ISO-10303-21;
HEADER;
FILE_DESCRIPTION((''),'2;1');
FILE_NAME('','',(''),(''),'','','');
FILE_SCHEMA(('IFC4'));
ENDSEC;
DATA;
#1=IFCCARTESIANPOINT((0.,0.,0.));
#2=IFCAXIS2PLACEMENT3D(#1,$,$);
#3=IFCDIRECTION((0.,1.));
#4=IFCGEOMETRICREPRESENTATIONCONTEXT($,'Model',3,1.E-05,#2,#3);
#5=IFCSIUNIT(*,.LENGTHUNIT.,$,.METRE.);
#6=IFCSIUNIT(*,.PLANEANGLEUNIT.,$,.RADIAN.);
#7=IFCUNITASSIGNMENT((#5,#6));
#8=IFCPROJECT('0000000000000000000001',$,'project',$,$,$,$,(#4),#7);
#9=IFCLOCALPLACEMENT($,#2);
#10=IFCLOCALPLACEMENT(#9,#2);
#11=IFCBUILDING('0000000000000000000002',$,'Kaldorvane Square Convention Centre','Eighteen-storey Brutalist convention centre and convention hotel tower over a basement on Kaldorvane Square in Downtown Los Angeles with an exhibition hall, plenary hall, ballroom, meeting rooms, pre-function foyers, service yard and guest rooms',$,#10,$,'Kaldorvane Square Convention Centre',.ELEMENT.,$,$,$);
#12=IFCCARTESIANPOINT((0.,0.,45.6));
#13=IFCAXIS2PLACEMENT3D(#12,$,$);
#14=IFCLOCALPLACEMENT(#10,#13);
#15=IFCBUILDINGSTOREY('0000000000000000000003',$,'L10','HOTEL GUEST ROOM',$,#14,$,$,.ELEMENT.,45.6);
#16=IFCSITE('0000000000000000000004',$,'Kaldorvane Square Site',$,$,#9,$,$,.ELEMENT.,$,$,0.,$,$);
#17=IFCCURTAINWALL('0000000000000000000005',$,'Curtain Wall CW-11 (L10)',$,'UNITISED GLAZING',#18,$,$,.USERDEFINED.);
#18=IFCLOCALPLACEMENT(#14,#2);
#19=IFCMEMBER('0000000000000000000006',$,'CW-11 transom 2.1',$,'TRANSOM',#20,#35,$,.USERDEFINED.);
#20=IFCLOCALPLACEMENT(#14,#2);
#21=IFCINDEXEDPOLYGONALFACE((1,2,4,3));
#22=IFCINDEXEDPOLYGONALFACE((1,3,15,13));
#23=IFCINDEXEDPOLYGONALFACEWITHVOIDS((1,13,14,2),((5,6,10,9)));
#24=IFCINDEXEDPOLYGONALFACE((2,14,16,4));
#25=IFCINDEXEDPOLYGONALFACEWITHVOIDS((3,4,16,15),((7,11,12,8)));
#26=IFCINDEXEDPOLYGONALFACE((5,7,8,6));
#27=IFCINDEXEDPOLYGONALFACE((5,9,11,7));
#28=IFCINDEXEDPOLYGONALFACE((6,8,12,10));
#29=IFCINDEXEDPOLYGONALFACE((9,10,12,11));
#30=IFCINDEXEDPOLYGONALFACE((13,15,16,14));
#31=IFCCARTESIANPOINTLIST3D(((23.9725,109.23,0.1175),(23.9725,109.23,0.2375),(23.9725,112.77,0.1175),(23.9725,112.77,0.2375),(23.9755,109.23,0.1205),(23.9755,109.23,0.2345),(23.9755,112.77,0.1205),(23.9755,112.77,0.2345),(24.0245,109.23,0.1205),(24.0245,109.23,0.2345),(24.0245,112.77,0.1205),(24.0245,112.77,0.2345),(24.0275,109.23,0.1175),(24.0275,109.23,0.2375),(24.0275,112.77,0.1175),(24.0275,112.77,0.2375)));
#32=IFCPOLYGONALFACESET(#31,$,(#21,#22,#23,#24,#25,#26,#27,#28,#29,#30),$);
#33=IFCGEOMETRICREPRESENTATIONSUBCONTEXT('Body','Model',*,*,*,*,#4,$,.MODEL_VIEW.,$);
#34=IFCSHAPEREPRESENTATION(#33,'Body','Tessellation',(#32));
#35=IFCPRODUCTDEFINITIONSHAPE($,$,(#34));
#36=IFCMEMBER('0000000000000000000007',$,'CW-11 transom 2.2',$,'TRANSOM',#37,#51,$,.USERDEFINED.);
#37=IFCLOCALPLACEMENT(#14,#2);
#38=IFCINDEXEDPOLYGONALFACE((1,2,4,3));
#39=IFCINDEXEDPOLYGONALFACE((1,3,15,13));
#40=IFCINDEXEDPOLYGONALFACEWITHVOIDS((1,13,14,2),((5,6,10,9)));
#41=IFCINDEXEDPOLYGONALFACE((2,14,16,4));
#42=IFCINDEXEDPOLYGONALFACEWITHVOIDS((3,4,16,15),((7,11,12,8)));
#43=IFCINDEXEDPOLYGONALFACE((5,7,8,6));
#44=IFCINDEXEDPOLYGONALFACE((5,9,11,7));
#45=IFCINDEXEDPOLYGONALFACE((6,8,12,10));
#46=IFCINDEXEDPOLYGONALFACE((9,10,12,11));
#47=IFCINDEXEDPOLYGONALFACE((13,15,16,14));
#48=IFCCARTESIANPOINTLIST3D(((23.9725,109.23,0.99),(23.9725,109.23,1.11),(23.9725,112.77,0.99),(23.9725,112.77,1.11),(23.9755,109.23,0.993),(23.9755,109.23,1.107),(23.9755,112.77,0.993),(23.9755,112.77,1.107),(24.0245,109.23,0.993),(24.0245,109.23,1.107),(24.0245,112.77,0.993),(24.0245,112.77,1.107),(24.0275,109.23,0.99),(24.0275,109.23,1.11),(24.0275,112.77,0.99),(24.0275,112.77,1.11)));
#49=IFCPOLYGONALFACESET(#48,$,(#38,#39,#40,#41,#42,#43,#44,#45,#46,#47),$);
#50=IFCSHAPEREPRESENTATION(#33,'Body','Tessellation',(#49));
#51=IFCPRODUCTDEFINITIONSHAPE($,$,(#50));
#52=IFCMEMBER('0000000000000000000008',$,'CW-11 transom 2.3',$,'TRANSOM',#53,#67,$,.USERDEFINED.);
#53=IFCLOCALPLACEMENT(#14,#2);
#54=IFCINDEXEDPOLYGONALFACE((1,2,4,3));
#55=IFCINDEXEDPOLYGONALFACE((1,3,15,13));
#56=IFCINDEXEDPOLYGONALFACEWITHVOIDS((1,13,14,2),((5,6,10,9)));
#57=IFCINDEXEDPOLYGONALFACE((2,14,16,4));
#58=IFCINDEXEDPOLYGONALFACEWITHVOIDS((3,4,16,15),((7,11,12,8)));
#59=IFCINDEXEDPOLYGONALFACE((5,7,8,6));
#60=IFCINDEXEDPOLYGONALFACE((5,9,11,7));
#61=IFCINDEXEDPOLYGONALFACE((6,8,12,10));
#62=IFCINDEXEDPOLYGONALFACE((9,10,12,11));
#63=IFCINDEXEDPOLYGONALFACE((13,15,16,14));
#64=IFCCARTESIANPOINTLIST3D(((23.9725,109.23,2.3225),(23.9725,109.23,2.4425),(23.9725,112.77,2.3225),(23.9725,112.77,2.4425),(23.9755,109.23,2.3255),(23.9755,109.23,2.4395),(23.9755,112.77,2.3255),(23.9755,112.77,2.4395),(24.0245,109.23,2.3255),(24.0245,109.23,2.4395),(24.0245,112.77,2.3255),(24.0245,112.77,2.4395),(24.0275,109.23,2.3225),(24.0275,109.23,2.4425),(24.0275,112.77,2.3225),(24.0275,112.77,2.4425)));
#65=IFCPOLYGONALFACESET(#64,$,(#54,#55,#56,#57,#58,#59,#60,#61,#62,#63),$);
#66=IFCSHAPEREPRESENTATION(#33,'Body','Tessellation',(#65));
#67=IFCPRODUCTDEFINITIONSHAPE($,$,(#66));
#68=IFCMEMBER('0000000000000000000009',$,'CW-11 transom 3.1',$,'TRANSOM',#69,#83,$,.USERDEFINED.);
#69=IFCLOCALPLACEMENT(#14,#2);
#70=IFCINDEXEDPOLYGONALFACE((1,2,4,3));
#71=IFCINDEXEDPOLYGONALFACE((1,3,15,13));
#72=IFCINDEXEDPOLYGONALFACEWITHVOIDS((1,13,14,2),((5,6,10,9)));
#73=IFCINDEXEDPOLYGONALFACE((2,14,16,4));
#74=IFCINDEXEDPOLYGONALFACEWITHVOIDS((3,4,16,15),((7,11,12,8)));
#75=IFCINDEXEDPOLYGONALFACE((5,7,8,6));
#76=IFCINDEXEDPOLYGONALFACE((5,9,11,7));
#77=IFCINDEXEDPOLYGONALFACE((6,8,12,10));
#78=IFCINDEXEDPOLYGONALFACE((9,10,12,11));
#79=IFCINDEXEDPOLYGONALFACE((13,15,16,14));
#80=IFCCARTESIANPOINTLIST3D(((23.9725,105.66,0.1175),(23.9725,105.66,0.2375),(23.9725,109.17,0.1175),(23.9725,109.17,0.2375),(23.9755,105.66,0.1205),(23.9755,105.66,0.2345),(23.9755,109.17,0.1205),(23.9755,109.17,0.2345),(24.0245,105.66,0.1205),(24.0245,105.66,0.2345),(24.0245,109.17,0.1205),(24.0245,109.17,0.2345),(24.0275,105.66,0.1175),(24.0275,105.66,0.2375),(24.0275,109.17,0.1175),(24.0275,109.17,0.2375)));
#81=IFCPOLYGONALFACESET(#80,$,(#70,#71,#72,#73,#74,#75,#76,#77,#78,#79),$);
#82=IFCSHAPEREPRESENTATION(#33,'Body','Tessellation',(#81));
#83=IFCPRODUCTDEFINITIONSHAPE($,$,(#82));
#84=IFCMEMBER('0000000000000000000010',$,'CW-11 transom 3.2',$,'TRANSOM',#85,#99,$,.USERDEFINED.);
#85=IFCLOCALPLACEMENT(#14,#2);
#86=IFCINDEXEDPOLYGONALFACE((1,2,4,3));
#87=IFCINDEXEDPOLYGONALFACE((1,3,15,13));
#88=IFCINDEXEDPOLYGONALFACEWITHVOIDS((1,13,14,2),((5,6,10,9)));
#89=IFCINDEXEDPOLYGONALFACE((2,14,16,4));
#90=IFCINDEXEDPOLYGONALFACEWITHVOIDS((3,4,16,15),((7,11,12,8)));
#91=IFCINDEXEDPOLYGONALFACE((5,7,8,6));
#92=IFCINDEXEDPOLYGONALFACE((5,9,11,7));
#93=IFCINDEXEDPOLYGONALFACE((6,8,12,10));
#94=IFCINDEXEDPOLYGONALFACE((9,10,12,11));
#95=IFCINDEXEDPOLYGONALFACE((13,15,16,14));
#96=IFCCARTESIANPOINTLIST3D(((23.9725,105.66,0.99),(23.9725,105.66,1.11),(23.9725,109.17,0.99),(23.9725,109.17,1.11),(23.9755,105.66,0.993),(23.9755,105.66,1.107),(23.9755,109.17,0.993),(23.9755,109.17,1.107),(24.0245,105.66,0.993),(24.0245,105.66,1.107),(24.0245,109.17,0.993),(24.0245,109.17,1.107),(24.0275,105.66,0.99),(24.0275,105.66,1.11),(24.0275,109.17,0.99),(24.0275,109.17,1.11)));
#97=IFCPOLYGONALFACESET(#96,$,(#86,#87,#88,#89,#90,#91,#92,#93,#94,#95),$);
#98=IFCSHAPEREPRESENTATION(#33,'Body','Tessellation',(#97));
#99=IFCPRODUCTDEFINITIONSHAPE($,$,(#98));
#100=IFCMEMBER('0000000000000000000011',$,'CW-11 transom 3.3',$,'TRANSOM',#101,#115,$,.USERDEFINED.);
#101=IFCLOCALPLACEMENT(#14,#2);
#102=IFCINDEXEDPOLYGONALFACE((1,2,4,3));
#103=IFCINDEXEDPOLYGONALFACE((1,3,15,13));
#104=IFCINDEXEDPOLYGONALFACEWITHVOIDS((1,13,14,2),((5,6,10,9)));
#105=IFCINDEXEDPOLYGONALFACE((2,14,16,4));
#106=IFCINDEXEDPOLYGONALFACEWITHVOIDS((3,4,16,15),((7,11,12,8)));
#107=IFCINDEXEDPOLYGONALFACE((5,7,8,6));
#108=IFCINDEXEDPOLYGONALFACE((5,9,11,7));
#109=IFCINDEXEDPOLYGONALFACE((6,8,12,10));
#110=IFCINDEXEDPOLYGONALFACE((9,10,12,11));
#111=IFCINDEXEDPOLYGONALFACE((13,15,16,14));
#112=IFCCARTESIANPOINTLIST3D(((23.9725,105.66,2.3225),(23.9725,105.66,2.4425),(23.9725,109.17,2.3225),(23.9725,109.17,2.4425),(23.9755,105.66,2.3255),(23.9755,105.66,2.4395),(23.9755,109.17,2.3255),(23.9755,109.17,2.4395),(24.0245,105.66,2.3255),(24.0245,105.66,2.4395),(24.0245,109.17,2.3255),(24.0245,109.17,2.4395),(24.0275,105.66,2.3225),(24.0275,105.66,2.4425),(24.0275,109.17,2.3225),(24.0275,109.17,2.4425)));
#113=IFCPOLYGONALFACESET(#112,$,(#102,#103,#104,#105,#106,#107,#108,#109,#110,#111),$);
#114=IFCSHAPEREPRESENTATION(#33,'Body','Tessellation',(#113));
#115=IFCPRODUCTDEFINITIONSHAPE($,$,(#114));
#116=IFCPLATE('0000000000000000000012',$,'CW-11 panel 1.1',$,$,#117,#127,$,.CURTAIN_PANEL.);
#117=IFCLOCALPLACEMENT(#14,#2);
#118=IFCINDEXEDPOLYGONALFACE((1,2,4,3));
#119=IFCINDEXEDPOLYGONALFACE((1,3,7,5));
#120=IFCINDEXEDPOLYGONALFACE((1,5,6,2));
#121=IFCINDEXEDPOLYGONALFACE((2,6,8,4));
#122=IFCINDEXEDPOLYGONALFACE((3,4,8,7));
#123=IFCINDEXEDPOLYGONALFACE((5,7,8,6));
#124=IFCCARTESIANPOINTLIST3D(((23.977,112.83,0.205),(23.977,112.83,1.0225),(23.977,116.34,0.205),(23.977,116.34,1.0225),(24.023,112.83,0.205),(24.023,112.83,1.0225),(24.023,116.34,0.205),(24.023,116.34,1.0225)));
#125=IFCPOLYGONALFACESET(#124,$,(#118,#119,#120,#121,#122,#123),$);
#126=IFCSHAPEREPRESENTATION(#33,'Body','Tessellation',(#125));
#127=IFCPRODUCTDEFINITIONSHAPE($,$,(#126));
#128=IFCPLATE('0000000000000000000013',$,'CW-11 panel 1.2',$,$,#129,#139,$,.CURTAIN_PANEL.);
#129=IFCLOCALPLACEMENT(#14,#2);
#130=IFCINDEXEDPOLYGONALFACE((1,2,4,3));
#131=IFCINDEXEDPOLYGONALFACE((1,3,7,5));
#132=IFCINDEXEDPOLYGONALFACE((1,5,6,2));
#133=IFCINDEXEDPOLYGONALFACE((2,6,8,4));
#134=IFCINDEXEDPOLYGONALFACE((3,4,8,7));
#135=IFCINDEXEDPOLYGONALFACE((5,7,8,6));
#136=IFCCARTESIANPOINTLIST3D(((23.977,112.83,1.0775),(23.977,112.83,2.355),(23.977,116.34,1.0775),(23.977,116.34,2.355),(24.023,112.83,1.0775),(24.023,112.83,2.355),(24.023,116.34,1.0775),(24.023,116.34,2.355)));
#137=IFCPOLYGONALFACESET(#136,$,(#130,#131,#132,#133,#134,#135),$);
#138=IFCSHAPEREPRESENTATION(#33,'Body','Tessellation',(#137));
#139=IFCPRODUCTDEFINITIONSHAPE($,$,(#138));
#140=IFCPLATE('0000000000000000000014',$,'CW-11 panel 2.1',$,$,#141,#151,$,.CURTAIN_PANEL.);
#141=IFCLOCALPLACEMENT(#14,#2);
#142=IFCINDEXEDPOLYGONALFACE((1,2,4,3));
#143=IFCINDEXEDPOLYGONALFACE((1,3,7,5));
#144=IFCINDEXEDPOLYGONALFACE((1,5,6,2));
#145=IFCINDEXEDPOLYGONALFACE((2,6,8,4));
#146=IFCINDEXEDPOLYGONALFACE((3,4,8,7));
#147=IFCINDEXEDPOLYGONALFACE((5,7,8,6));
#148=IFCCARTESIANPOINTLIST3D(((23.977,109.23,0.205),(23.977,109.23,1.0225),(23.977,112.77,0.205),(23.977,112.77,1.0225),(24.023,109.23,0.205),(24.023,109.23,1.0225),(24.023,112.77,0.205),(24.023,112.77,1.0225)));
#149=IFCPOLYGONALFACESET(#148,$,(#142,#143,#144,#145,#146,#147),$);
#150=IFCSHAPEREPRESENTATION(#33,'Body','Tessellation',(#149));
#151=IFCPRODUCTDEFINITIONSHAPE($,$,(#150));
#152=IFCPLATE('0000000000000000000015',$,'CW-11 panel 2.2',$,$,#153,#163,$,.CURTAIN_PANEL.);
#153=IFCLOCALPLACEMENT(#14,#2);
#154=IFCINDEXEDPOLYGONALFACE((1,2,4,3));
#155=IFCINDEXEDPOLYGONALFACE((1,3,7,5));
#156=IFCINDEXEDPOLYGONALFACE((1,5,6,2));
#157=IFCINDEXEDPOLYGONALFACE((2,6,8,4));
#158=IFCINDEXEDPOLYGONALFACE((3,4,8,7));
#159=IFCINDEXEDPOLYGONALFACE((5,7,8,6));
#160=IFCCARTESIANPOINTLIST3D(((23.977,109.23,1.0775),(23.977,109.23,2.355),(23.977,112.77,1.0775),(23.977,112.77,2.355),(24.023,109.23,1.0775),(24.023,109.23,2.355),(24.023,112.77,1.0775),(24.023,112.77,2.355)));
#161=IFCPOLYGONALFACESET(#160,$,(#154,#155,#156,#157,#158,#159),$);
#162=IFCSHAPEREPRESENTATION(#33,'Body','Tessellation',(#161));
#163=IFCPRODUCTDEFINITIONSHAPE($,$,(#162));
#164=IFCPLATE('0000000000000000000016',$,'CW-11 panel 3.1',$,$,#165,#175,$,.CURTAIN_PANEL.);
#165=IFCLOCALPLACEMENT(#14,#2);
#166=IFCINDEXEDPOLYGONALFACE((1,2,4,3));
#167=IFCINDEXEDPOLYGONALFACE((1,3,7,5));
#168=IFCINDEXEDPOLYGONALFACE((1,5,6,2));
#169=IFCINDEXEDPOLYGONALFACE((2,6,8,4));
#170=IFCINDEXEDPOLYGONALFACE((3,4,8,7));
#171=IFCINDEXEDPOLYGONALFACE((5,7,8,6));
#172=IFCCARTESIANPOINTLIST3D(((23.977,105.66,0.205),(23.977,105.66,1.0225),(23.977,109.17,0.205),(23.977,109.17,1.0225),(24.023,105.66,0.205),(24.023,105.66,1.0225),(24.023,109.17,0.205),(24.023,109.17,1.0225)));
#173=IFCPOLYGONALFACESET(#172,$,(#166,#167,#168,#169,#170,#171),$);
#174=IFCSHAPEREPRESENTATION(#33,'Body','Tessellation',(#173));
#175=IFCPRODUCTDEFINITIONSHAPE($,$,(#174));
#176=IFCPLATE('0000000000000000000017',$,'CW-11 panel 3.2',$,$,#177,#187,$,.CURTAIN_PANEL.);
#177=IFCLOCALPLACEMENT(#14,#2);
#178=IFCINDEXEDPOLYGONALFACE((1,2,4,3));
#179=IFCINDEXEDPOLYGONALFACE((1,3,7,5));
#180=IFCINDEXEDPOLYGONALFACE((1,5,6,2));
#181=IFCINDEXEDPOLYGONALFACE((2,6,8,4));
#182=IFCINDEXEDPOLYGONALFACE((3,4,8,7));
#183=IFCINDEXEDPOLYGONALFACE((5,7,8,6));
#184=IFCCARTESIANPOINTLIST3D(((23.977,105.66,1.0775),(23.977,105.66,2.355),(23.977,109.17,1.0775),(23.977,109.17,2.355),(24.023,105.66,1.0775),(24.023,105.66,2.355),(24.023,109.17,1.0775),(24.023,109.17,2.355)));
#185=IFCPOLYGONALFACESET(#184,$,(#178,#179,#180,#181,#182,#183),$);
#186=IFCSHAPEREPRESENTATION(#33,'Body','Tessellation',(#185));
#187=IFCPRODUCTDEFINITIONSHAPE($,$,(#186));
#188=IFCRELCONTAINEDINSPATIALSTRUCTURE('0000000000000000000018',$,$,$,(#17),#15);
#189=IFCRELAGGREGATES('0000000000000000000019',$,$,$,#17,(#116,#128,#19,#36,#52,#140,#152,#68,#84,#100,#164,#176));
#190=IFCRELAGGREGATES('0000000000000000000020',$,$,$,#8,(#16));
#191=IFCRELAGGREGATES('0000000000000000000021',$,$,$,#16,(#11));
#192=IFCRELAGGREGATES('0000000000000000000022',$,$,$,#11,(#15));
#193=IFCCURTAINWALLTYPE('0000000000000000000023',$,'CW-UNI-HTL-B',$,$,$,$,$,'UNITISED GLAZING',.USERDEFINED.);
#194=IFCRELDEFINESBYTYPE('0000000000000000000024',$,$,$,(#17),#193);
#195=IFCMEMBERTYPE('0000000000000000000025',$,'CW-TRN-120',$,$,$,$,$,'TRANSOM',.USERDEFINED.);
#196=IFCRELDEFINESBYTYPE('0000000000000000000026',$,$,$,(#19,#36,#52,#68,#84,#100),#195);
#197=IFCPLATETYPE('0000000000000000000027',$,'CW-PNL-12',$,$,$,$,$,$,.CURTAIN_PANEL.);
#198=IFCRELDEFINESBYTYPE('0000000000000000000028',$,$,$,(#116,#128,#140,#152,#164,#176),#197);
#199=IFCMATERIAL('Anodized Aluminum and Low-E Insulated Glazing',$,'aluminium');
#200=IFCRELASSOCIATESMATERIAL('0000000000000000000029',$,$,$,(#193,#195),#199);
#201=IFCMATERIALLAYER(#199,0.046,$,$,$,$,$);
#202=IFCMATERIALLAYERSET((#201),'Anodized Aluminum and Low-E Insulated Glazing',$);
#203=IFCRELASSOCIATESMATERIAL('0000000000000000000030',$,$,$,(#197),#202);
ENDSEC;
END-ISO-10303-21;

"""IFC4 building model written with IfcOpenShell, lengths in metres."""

from ifc_helpers import new_model, si_unit, direction, frame, origin, origin_2d, place, context, subcontext, project, spatial, rectangle, hollow_rectangle, extrude, material, layer, layer_set, material_profile, profile_set, type_object, element, aggregate, save


model = new_model("IFC4")

# Units and contexts
model_context = context("Model", 3, precision=1e-05, world=origin(), true_north=direction((0.0, 1.0)))
body_context = subcontext(model_context, "Body", "Model", "MODEL_VIEW")
ifc_project = project(units=[si_unit("LENGTHUNIT", "METRE"), si_unit("PLANEANGLEUNIT", "RADIAN")], contexts=[model_context])

# Site, building, storey
site_placement = place(None, origin())
site = spatial("IfcSite", under=ifc_project, at=site_placement, Name="Kaldorvane Square Site", CompositionType="ELEMENT", RefElevation=0.0)
building_placement = place(site_placement, origin())
building = spatial("IfcBuilding", under=site, at=building_placement, Name="Kaldorvane Square Convention Centre", Description="Eighteen-storey Brutalist convention centre and convention hotel tower over a basement on Kaldorvane Square in Downtown Los Angeles with an exhibition hall, plenary hall, ballroom, meeting rooms, pre-function foyers, service yard and guest rooms", LongName="Kaldorvane Square Convention Centre", CompositionType="ELEMENT")
storey_placement = place(building_placement, frame((0.0, 0.0, 45.6)))
storey = spatial("IfcBuildingStorey", under=building, at=storey_placement, Name="L10", Description="HOTEL GUEST ROOM", CompositionType="ELEMENT", Elevation=45.6)

# Curtain wall, members, plates
ifc_material_1 = material(Name="Anodized Aluminum and Low-E Insulated Glazing", Category="aluminium")
curtain_wall_type = type_object("IfcCurtainWallType", Name="CW-UNI-HTL-B", ElementType="UNITISED GLAZING", PredefinedType="USERDEFINED", material=ifc_material_1)
curtain_wall_placement = place(storey_placement, origin())
curtain_wall = element("IfcCurtainWall", 1, at=curtain_wall_placement, inside=storey, type_object=curtain_wall_type, Name="Curtain Wall CW-11 (L10)", ObjectType="UNITISED GLAZING", PredefinedType="USERDEFINED")
ifc_material_profile_1 = material_profile(ifc_material_1, hollow_rectangle(XDim=0.055, YDim=0.12, WallThickness=0.003, at=origin_2d()), Name="CWT-120X55")
ifc_profile_set_1 = profile_set([ifc_material_profile_1], Name="Anodized Aluminum and Low-E Insulated Glazing")
member_type_1 = type_object("IfcMemberType", Name="CW-TRN-120", ElementType="TRANSOM", PredefinedType="USERDEFINED", material=ifc_profile_set_1)
member_1_placement = place(storey_placement, frame((24.0, 112.77, 0.1775), z_axis=(0.0, -1.0, 0.0), x_axis=(1.0, 0.0, 0.0)))
member_1 = element("IfcMember", 2, at=member_1_placement, type_object=member_type_1, Name="CW-11 transom 2.1", ObjectType="TRANSOM", PredefinedType="USERDEFINED", context=body_context, shape_type="SweptSolid", body=[
    extrude(hollow_rectangle(XDim=0.055, YDim=0.12, WallThickness=0.003, at=origin_2d()), origin(), (0.0, 0.0, 1.0), 3.54),
])
member_2_placement = place(storey_placement, frame((24.0, 112.77, 1.05), z_axis=(0.0, -1.0, 0.0), x_axis=(1.0, 0.0, 0.0)))
member_2 = element("IfcMember", 3, at=member_2_placement, type_object=member_type_1, Name="CW-11 transom 2.2", ObjectType="TRANSOM", PredefinedType="USERDEFINED", context=body_context, shape_type="SweptSolid", body=[
    extrude(hollow_rectangle(XDim=0.055, YDim=0.12, WallThickness=0.003, at=origin_2d()), origin(), (0.0, 0.0, 1.0), 3.54),
])
member_3_placement = place(storey_placement, frame((24.0, 112.77, 2.3825), z_axis=(0.0, -1.0, 0.0), x_axis=(1.0, 0.0, 0.0)))
member_3 = element("IfcMember", 4, at=member_3_placement, type_object=member_type_1, Name="CW-11 transom 2.3", ObjectType="TRANSOM", PredefinedType="USERDEFINED", context=body_context, shape_type="SweptSolid", body=[
    extrude(hollow_rectangle(XDim=0.055, YDim=0.12, WallThickness=0.003, at=origin_2d()), origin(), (0.0, 0.0, 1.0), 3.54),
])
member_4_placement = place(storey_placement, frame((24.0, 109.17, 0.1775), z_axis=(0.0, -1.0, 0.0), x_axis=(1.0, 0.0, 0.0)))
member_4 = element("IfcMember", 5, at=member_4_placement, type_object=member_type_1, Name="CW-11 transom 3.1", ObjectType="TRANSOM", PredefinedType="USERDEFINED", context=body_context, shape_type="SweptSolid", body=[
    extrude(hollow_rectangle(XDim=0.055, YDim=0.12, WallThickness=0.003, at=origin_2d()), origin(), (0.0, 0.0, 1.0), 3.51),
])
member_5_placement = place(storey_placement, frame((24.0, 109.17, 1.05), z_axis=(0.0, -1.0, 0.0), x_axis=(1.0, 0.0, 0.0)))
member_5 = element("IfcMember", 6, at=member_5_placement, type_object=member_type_1, Name="CW-11 transom 3.2", ObjectType="TRANSOM", PredefinedType="USERDEFINED", context=body_context, shape_type="SweptSolid", body=[
    extrude(hollow_rectangle(XDim=0.055, YDim=0.12, WallThickness=0.003, at=origin_2d()), origin(), (0.0, 0.0, 1.0), 3.51),
])
member_6_placement = place(storey_placement, frame((24.0, 109.17, 2.3825), z_axis=(0.0, -1.0, 0.0), x_axis=(1.0, 0.0, 0.0)))
member_6 = element("IfcMember", 7, at=member_6_placement, type_object=member_type_1, Name="CW-11 transom 3.3", ObjectType="TRANSOM", PredefinedType="USERDEFINED", context=body_context, shape_type="SweptSolid", body=[
    extrude(hollow_rectangle(XDim=0.055, YDim=0.12, WallThickness=0.003, at=origin_2d()), origin(), (0.0, 0.0, 1.0), 3.51),
])
ifc_layer_1 = layer(ifc_material_1, 0.046)
ifc_layer_set_1 = layer_set([ifc_layer_1], Name="Anodized Aluminum and Low-E Insulated Glazing")
plate_type = type_object("IfcPlateType", Name="CW-PNL-12", PredefinedType="CURTAIN_PANEL", material=ifc_layer_set_1)
plate_1_placement = place(storey_placement, frame((24.0, 114.585, 0.205), z_axis=(0.0, 0.0, 1.0), x_axis=(0.0, -1.0, 0.0)))
plate_1 = element("IfcPlate", 8, at=plate_1_placement, type_object=plate_type, Name="CW-11 panel 1.1", PredefinedType="CURTAIN_PANEL", context=body_context, shape_type="SweptSolid", body=[
    extrude(rectangle(XDim=3.51, YDim=0.046, at=origin_2d()), origin(), (0.0, 0.0, 1.0), 0.8175),
])
plate_2_placement = place(storey_placement, frame((24.0, 114.585, 1.0775), z_axis=(0.0, 0.0, 1.0), x_axis=(0.0, -1.0, 0.0)))
plate_2 = element("IfcPlate", 9, at=plate_2_placement, type_object=plate_type, Name="CW-11 panel 1.2", PredefinedType="CURTAIN_PANEL", context=body_context, shape_type="SweptSolid", body=[
    extrude(rectangle(XDim=3.51, YDim=0.046, at=origin_2d()), origin(), (0.0, 0.0, 1.0), 1.2775),
])
plate_3_placement = place(storey_placement, frame((24.0, 111.0, 0.205), z_axis=(0.0, 0.0, 1.0), x_axis=(0.0, -1.0, 0.0)))
plate_3 = element("IfcPlate", 10, at=plate_3_placement, type_object=plate_type, Name="CW-11 panel 2.1", PredefinedType="CURTAIN_PANEL", context=body_context, shape_type="SweptSolid", body=[
    extrude(rectangle(XDim=3.54, YDim=0.046, at=origin_2d()), origin(), (0.0, 0.0, 1.0), 0.8175),
])
plate_4_placement = place(storey_placement, frame((24.0, 111.0, 1.0775), z_axis=(0.0, 0.0, 1.0), x_axis=(0.0, -1.0, 0.0)))
plate_4 = element("IfcPlate", 11, at=plate_4_placement, type_object=plate_type, Name="CW-11 panel 2.2", PredefinedType="CURTAIN_PANEL", context=body_context, shape_type="SweptSolid", body=[
    extrude(rectangle(XDim=3.54, YDim=0.046, at=origin_2d()), origin(), (0.0, 0.0, 1.0), 1.2775),
])
plate_5_placement = place(storey_placement, frame((24.0, 107.415, 0.205), z_axis=(0.0, 0.0, 1.0), x_axis=(0.0, -1.0, 0.0)))
plate_5 = element("IfcPlate", 12, at=plate_5_placement, type_object=plate_type, Name="CW-11 panel 3.1", PredefinedType="CURTAIN_PANEL", context=body_context, shape_type="SweptSolid", body=[
    extrude(rectangle(XDim=3.51, YDim=0.046, at=origin_2d()), origin(), (0.0, 0.0, 1.0), 0.8175),
])
plate_6_placement = place(storey_placement, frame((24.0, 107.415, 1.0775), z_axis=(0.0, 0.0, 1.0), x_axis=(0.0, -1.0, 0.0)))
plate_6 = element("IfcPlate", 13, at=plate_6_placement, type_object=plate_type, Name="CW-11 panel 3.2", PredefinedType="CURTAIN_PANEL", context=body_context, shape_type="SweptSolid", body=[
    extrude(rectangle(XDim=3.51, YDim=0.046, at=origin_2d()), origin(), (0.0, 0.0, 1.0), 1.2775),
])
aggregate(curtain_wall, [plate_1, plate_2, member_1, member_2, member_3, plate_3, plate_4, member_4, member_5, member_6, plate_5, plate_6])

save(model, "model.ifc")
